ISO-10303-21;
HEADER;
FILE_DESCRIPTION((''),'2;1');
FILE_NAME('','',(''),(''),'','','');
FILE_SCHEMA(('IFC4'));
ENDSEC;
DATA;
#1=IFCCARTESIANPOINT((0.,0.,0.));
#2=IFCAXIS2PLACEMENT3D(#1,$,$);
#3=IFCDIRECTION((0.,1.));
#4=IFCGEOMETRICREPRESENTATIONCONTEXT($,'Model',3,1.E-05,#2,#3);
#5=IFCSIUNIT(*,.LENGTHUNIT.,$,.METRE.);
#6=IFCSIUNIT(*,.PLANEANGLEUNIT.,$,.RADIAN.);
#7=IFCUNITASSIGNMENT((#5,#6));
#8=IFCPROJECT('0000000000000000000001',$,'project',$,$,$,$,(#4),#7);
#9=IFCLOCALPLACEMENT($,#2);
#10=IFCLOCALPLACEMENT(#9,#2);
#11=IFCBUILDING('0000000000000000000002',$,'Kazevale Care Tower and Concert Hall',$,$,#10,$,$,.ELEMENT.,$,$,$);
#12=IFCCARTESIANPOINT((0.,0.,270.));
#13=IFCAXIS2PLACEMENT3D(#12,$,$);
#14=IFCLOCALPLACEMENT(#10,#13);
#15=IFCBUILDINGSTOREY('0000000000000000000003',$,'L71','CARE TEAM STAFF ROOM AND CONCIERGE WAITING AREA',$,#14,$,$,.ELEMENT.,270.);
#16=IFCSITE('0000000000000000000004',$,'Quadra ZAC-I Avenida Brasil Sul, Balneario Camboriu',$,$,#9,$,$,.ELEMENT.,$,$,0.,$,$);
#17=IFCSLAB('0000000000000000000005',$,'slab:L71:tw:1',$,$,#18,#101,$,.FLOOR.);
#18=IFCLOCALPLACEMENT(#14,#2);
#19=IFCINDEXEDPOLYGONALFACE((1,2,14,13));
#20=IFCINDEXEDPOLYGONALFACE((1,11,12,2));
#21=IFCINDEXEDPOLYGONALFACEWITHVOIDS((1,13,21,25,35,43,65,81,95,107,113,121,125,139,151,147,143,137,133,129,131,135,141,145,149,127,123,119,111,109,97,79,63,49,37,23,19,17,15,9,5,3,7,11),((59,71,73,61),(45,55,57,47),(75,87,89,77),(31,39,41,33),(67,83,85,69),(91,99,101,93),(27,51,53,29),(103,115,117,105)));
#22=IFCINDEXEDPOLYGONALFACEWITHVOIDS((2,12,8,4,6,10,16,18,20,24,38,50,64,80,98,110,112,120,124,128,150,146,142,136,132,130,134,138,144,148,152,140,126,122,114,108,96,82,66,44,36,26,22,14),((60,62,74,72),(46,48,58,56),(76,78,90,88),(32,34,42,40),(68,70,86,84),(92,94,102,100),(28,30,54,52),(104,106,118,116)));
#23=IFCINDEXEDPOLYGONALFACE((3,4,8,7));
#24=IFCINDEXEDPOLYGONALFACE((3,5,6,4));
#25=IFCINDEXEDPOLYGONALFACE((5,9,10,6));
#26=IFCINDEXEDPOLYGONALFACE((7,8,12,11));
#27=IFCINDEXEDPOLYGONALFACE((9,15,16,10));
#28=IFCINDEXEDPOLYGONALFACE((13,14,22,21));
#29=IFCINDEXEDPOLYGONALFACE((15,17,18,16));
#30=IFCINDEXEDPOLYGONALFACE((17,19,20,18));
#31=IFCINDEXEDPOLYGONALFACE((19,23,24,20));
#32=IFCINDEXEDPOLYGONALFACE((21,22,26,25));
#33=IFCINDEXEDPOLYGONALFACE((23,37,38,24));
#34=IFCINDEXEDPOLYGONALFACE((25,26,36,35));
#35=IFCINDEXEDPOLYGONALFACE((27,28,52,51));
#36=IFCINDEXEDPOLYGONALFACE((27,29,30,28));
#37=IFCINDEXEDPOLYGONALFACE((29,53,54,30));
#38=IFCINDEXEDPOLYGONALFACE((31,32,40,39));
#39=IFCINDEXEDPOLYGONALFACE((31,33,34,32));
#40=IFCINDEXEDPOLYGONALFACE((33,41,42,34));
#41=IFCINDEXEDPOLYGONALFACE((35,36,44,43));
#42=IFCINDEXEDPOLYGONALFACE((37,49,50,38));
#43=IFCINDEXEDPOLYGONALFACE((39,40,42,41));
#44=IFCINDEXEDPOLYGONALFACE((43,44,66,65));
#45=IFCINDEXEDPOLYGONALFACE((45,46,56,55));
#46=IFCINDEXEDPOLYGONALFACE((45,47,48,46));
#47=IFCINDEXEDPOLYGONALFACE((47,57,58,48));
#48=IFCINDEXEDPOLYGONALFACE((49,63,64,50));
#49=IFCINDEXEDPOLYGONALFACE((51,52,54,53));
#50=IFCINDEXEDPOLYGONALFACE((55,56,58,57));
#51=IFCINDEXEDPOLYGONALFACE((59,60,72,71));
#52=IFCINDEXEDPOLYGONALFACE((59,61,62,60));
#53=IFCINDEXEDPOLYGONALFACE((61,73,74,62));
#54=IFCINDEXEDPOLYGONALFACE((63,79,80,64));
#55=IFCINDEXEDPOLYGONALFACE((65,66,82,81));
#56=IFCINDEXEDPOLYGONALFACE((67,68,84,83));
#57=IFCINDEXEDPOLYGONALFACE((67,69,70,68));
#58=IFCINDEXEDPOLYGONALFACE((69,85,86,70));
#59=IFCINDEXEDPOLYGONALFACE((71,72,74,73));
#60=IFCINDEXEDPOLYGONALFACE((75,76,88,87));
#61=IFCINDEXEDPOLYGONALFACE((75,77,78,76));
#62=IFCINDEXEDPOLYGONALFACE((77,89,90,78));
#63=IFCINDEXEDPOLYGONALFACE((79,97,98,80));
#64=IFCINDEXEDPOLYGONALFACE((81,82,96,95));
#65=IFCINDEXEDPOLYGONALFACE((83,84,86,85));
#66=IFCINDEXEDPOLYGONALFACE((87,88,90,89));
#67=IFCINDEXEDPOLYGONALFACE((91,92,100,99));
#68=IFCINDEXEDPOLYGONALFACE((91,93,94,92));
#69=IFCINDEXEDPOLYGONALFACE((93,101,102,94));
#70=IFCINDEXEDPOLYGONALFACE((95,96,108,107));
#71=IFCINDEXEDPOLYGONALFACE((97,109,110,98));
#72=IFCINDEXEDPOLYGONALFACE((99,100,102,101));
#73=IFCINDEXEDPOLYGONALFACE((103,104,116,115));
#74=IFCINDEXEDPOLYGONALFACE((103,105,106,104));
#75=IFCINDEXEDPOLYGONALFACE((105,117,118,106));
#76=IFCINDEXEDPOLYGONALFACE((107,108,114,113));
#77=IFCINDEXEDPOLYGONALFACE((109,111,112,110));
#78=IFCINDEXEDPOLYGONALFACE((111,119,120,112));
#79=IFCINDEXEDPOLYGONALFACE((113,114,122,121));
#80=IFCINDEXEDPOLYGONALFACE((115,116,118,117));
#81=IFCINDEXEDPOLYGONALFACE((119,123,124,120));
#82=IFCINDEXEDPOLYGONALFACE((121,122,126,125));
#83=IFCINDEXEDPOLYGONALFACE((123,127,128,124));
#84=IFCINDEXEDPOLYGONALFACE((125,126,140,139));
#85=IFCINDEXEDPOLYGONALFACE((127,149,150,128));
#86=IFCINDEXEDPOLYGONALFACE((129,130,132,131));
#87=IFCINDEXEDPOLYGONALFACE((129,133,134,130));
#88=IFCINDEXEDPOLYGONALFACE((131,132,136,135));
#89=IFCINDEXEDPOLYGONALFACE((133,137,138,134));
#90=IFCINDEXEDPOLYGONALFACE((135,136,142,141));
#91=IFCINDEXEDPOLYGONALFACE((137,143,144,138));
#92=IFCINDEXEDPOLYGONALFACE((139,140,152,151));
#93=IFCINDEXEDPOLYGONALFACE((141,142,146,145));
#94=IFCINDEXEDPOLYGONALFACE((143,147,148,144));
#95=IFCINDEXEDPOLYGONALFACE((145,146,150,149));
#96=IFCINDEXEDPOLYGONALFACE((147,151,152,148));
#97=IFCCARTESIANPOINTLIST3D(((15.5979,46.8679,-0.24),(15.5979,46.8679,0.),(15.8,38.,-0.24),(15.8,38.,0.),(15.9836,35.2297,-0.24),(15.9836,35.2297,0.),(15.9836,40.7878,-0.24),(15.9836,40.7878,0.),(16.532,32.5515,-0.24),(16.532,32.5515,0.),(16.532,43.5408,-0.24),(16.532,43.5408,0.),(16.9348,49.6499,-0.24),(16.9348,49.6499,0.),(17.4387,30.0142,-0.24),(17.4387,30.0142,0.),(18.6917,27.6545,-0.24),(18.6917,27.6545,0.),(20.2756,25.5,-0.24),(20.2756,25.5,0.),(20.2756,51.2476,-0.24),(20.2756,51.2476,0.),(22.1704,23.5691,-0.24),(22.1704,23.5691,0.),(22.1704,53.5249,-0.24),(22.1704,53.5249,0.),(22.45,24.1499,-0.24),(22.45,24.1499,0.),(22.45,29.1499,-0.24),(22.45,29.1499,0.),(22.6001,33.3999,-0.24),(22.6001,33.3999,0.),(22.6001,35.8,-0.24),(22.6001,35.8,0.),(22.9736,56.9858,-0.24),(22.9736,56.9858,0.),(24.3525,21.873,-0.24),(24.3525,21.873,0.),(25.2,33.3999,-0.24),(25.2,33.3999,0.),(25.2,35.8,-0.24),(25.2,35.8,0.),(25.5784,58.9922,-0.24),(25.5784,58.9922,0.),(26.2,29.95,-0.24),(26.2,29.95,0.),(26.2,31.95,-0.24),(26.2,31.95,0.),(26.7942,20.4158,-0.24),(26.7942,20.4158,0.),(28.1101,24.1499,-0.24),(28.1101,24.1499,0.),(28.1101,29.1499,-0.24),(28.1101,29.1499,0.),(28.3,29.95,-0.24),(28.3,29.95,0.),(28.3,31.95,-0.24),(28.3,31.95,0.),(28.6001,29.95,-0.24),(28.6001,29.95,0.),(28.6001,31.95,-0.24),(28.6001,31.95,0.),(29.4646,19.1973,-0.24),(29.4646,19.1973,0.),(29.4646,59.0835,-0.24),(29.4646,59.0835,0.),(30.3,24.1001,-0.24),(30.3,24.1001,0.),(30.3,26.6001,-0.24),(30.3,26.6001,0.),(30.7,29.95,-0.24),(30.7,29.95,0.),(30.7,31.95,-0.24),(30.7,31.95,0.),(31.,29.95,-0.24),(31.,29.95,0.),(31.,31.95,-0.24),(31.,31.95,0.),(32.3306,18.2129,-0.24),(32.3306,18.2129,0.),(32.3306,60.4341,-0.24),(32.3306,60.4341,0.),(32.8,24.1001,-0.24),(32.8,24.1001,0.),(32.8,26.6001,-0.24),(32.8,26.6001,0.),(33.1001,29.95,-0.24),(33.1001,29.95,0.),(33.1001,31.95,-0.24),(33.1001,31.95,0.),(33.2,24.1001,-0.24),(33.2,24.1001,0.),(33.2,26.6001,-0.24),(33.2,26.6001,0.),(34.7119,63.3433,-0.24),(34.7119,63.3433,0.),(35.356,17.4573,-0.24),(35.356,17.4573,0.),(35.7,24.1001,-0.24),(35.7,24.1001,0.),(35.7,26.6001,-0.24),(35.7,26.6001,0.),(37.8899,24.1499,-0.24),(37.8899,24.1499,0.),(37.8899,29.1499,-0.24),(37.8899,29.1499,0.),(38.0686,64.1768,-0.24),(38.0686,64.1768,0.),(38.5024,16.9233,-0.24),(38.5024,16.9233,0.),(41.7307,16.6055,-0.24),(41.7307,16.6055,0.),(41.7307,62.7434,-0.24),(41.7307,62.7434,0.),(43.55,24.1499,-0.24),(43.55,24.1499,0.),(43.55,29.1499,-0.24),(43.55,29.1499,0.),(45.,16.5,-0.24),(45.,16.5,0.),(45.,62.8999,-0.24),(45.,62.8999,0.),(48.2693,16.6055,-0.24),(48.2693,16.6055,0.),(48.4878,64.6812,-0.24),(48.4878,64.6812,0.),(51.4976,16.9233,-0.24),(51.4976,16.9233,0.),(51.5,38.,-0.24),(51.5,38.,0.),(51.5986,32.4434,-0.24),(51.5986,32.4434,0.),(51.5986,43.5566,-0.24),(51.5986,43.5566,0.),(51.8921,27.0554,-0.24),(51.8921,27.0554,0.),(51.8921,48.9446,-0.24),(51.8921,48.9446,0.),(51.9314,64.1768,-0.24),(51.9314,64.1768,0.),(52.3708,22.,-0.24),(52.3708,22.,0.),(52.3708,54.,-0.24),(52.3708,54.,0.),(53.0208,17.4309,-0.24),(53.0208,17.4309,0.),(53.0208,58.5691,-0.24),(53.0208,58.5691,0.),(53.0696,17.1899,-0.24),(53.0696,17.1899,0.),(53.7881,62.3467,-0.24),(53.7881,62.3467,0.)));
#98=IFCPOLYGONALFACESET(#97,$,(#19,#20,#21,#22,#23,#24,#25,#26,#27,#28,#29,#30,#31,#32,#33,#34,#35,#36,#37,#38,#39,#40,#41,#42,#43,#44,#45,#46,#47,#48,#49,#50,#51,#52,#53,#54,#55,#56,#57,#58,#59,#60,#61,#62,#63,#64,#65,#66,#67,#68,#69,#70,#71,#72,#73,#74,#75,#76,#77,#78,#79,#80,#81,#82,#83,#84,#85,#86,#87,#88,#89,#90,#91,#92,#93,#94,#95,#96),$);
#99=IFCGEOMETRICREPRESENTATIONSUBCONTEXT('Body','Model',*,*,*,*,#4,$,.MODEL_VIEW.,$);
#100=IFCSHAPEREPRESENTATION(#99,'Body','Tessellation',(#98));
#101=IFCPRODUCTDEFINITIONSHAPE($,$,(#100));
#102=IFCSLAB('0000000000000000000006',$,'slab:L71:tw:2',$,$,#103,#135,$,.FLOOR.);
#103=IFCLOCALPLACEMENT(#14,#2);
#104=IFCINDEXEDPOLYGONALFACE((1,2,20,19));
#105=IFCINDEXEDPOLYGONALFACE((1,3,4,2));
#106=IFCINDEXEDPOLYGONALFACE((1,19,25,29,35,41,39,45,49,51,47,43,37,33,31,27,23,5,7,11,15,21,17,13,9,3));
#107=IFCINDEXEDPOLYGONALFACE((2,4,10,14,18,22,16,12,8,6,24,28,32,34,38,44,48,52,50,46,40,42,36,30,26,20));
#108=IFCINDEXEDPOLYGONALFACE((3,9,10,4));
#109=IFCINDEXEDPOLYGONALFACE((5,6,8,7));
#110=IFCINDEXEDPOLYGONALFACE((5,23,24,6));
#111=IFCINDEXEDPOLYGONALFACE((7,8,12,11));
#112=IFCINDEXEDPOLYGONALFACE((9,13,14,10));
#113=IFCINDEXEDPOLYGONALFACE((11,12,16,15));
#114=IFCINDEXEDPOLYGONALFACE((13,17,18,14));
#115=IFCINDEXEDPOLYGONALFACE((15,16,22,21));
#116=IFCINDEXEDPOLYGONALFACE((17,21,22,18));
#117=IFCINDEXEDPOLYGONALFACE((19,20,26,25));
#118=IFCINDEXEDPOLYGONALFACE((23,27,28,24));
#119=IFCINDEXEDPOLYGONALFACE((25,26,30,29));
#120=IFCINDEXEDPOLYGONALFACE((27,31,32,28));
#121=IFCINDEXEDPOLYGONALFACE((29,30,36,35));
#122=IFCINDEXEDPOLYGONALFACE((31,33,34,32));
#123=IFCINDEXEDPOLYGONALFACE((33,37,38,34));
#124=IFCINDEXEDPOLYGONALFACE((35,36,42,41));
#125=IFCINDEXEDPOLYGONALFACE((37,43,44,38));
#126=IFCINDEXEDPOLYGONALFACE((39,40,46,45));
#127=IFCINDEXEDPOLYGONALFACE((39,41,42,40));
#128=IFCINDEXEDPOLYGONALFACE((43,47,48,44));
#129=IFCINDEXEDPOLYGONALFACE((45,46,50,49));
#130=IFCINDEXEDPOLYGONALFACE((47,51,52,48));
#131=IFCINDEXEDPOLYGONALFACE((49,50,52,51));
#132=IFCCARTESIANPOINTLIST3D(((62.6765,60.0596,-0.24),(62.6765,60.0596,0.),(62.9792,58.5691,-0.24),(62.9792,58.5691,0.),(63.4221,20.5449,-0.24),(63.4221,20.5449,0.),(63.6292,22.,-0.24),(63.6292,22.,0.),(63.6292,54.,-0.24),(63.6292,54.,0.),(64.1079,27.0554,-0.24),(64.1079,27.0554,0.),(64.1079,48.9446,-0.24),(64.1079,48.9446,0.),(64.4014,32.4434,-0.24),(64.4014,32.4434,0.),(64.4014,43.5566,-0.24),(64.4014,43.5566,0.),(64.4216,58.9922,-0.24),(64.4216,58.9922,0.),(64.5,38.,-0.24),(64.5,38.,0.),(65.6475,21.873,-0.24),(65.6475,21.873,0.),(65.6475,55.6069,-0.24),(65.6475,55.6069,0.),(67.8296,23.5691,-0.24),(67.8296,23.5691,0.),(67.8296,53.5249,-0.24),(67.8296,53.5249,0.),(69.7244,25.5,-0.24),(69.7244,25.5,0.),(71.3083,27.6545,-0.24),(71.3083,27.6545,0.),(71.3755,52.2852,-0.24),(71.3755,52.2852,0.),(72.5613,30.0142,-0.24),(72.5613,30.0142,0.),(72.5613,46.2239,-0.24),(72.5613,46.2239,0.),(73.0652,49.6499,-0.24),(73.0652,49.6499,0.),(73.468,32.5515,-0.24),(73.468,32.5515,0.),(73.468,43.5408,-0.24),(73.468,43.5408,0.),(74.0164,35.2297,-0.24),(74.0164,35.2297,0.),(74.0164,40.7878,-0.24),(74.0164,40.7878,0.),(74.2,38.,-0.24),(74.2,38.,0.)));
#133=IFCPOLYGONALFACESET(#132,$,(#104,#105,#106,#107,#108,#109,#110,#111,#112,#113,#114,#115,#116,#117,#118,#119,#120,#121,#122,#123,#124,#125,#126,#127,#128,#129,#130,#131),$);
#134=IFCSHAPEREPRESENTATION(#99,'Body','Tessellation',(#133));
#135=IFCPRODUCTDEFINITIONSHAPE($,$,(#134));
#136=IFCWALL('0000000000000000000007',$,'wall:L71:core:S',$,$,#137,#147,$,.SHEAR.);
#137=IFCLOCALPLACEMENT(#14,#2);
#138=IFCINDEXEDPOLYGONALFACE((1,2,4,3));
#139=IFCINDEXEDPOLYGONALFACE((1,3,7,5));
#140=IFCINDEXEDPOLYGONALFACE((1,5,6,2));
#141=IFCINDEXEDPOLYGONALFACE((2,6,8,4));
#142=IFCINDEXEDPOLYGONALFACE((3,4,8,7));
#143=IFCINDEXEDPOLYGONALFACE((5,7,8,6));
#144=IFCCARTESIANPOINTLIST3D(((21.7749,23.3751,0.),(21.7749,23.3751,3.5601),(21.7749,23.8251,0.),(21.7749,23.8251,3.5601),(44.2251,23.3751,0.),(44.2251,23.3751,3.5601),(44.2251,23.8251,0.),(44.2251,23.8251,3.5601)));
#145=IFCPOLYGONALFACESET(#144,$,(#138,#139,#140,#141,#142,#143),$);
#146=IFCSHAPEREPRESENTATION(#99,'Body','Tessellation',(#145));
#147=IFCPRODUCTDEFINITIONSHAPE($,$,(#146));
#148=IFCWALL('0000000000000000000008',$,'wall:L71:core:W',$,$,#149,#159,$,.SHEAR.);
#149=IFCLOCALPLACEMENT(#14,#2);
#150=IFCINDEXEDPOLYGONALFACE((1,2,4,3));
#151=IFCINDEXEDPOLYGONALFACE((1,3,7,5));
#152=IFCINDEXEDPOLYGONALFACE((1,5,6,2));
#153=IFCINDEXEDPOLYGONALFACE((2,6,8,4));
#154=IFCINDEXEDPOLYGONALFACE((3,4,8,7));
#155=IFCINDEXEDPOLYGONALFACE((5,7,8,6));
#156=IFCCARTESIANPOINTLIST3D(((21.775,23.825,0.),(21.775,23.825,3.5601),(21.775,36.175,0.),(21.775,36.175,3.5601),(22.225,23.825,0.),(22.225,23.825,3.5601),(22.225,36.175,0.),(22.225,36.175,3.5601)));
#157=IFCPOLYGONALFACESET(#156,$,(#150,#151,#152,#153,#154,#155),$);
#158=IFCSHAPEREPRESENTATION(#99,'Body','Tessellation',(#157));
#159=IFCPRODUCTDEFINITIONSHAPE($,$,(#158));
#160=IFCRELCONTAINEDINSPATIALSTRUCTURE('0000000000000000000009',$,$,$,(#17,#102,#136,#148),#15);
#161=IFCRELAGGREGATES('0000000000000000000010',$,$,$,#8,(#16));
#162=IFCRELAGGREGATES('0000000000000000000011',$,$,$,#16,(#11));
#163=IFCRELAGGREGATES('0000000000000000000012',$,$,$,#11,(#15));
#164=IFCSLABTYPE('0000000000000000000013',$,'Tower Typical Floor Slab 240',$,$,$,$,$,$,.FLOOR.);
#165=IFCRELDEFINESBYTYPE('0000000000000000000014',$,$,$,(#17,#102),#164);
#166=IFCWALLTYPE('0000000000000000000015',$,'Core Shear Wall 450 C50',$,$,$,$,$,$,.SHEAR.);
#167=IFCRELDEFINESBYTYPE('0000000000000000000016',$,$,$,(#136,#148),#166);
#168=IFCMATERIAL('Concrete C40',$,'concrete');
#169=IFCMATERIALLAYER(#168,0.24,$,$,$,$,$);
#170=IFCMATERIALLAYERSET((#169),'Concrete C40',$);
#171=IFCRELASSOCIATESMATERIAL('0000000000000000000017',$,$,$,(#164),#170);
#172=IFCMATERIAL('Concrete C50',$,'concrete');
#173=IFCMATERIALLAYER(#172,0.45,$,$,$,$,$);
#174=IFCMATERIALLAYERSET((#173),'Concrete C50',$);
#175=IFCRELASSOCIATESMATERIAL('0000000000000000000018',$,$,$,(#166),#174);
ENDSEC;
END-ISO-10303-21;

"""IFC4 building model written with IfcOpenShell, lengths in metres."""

from ifc_helpers import new_model, si_unit, direction, frame, frame_2d, origin, place, context, subcontext, project, spatial, polyline, rectangle, outline, extrude, material, layer, layer_set, type_object, element, save


model = new_model("IFC4")

# Units and contexts
model_context = context("Model", 3, precision=1e-05, world=origin(), true_north=direction((0.0, 1.0)))
body_context = subcontext(model_context, "Body", "Model", "MODEL_VIEW")
ifc_project = project(units=[si_unit("LENGTHUNIT", "METRE"), si_unit("PLANEANGLEUNIT", "RADIAN")], contexts=[model_context])

# Site, building, storey
site_placement = place(None, origin())
site = spatial("IfcSite", under=ifc_project, at=site_placement, Name="Quadra ZAC-I Avenida Brasil Sul, Balneario Camboriu", CompositionType="ELEMENT", RefElevation=0.0)
building_placement = place(site_placement, origin())
building = spatial("IfcBuilding", under=site, at=building_placement, Name="Kazevale Care Tower and Concert Hall", CompositionType="ELEMENT")
storey_placement = place(building_placement, frame((0.0, 0.0, 270.0)))
storey = spatial("IfcBuildingStorey", under=building, at=storey_placement, Name="L71", Description="CARE TEAM STAFF ROOM AND CONCIERGE WAITING AREA", CompositionType="ELEMENT", Elevation=270.0)

# Shared definitions
ifc_material_1 = material(Name="Concrete C50", Category="concrete")

# Shared definitions
ifc_material_2 = material(Name="Concrete C40", Category="concrete")

# Slabs
ifc_layer_1 = layer(ifc_material_2, 0.24)
ifc_layer_set_1 = layer_set([ifc_layer_1], Name="Concrete C40")
slab_type_1 = type_object("IfcSlabType", Name="Tower Typical Floor Slab 240", PredefinedType="FLOOR", material=ifc_layer_set_1)
slab_1_placement = place(storey_placement, frame((0.0, 0.0, -0.24)))
element("IfcSlab", 1, at=slab_1_placement, inside=storey, type_object=slab_type_1, Name="slab:L71:tw:1", PredefinedType="FLOOR", context=body_context, shape_type="SweptSolid", body=[
    extrude(outline(polyline([(51.4976, 16.9233), (48.2693, 16.6055), (45.0, 16.5), (41.7307, 16.6055), (38.5024, 16.9233), (35.356, 17.4573), (32.3306, 18.2129), (29.4646, 19.1973), (26.7942, 20.4158), (24.3525, 21.873), (22.1704, 23.5691), (20.2756, 25.5), (18.6917, 27.6545), (17.4387, 30.0142), (16.532, 32.5515), (15.9836, 35.2297), (15.8, 38.0), (15.9836, 40.7878), (16.532, 43.5408), (15.5979, 46.8679), (16.9348, 49.6499), (20.2756, 51.2476), (22.1704, 53.5249), (22.9736, 56.9858), (25.5784, 58.9922), (29.4646, 59.0835), (32.3306, 60.4341), (34.7119, 63.3433), (38.0686, 64.1768), (41.7307, 62.7434), (45.0, 62.8999), (48.4878, 64.6812), (51.9314, 64.1768), (53.7881, 62.3467), (53.0208, 58.5691), (52.3708, 54.0), (51.8921, 48.9446), (51.5986, 43.5566), (51.5, 38.0), (51.5986, 32.4434), (51.8921, 27.0554), (52.3708, 22.0), (53.0208, 17.4309), (53.0696, 17.1899), (51.4976, 16.9233)]), holes=[polyline([(22.45, 24.1499), (28.1101, 24.1499), (28.1101, 29.1499), (22.45, 29.1499), (22.45, 24.1499)]), polyline([(37.8899, 24.1499), (43.55, 24.1499), (43.55, 29.1499), (37.8899, 29.1499), (37.8899, 24.1499)]), polyline([(30.3, 24.1001), (32.8, 24.1001), (32.8, 26.6001), (30.3, 26.6001), (30.3, 24.1001)]), polyline([(33.2, 24.1001), (35.7, 24.1001), (35.7, 26.6001), (33.2, 26.6001), (33.2, 24.1001)]), polyline([(22.6001, 33.3999), (25.2, 33.3999), (25.2, 35.8), (22.6001, 35.8), (22.6001, 33.3999)]), polyline([(26.2, 29.95), (28.3, 29.95), (28.3, 31.95), (26.2, 31.95), (26.2, 29.95)]), polyline([(28.6001, 29.95), (30.7, 29.95), (30.7, 31.95), (28.6001, 31.95), (28.6001, 29.95)]), polyline([(31.0, 29.95), (33.1001, 29.95), (33.1001, 31.95), (31.0, 31.95), (31.0, 29.95)])]), origin(), (0.0, 0.0, 1.0), 0.24),
])
slab_2_placement = place(storey_placement, frame((0.0, 0.0, -0.24)))
element("IfcSlab", 2, at=slab_2_placement, inside=storey, type_object=slab_type_1, Name="slab:L71:tw:2", PredefinedType="FLOOR", context=body_context, shape_type="SweptSolid", body=[
    extrude(outline(polyline([(64.4216, 58.9922), (65.6475, 55.6069), (67.8296, 53.5249), (71.3755, 52.2852), (73.0652, 49.6499), (72.5613, 46.2239), (73.468, 43.5408), (74.0164, 40.7878), (74.2, 38.0), (74.0164, 35.2297), (73.468, 32.5515), (72.5613, 30.0142), (71.3083, 27.6545), (69.7244, 25.5), (67.8296, 23.5691), (65.6475, 21.873), (63.4221, 20.5449), (63.6292, 22.0), (64.1079, 27.0554), (64.4014, 32.4434), (64.5, 38.0), (64.4014, 43.5566), (64.1079, 48.9446), (63.6292, 54.0), (62.9792, 58.5691), (62.6765, 60.0596), (64.4216, 58.9922)])), origin(), (0.0, 0.0, 1.0), 0.24),
])

# Walls
ifc_layer_2 = layer(ifc_material_1, 0.45)
ifc_layer_set_2 = layer_set([ifc_layer_2], Name="Concrete C50")
wall_type_1 = type_object("IfcWallType", Name="Core Shear Wall 450 C50", PredefinedType="SHEAR", material=ifc_layer_set_2)
wall_1_placement = place(storey_placement, frame((21.7749, 23.6001, 0.0), z_axis=(0.0, 0.0, 1.0), x_axis=(1.0, 0.0, 0.0)))
element("IfcWall", 3, at=wall_1_placement, inside=storey, type_object=wall_type_1, Name="wall:L71:core:S", PredefinedType="SHEAR", context=body_context, shape_type="SweptSolid", body=[
    extrude(rectangle(XDim=22.4502, YDim=0.45, at=frame_2d((11.2251, 0.0))), origin(), (0.0, 0.0, 1.0), 3.5601),
])
wall_2_placement = place(storey_placement, frame((22.0, 23.825, 0.0), z_axis=(0.0, 0.0, 1.0), x_axis=(0.0, 1.0, 0.0)))
element("IfcWall", 4, at=wall_2_placement, inside=storey, type_object=wall_type_1, Name="wall:L71:core:W", PredefinedType="SHEAR", context=body_context, shape_type="SweptSolid", body=[
    extrude(rectangle(XDim=12.3501, YDim=0.45, at=frame_2d((6.175, 0.0))), origin(), (0.0, 0.0, 1.0), 3.5601),
])

save(model, "model.ifc")
